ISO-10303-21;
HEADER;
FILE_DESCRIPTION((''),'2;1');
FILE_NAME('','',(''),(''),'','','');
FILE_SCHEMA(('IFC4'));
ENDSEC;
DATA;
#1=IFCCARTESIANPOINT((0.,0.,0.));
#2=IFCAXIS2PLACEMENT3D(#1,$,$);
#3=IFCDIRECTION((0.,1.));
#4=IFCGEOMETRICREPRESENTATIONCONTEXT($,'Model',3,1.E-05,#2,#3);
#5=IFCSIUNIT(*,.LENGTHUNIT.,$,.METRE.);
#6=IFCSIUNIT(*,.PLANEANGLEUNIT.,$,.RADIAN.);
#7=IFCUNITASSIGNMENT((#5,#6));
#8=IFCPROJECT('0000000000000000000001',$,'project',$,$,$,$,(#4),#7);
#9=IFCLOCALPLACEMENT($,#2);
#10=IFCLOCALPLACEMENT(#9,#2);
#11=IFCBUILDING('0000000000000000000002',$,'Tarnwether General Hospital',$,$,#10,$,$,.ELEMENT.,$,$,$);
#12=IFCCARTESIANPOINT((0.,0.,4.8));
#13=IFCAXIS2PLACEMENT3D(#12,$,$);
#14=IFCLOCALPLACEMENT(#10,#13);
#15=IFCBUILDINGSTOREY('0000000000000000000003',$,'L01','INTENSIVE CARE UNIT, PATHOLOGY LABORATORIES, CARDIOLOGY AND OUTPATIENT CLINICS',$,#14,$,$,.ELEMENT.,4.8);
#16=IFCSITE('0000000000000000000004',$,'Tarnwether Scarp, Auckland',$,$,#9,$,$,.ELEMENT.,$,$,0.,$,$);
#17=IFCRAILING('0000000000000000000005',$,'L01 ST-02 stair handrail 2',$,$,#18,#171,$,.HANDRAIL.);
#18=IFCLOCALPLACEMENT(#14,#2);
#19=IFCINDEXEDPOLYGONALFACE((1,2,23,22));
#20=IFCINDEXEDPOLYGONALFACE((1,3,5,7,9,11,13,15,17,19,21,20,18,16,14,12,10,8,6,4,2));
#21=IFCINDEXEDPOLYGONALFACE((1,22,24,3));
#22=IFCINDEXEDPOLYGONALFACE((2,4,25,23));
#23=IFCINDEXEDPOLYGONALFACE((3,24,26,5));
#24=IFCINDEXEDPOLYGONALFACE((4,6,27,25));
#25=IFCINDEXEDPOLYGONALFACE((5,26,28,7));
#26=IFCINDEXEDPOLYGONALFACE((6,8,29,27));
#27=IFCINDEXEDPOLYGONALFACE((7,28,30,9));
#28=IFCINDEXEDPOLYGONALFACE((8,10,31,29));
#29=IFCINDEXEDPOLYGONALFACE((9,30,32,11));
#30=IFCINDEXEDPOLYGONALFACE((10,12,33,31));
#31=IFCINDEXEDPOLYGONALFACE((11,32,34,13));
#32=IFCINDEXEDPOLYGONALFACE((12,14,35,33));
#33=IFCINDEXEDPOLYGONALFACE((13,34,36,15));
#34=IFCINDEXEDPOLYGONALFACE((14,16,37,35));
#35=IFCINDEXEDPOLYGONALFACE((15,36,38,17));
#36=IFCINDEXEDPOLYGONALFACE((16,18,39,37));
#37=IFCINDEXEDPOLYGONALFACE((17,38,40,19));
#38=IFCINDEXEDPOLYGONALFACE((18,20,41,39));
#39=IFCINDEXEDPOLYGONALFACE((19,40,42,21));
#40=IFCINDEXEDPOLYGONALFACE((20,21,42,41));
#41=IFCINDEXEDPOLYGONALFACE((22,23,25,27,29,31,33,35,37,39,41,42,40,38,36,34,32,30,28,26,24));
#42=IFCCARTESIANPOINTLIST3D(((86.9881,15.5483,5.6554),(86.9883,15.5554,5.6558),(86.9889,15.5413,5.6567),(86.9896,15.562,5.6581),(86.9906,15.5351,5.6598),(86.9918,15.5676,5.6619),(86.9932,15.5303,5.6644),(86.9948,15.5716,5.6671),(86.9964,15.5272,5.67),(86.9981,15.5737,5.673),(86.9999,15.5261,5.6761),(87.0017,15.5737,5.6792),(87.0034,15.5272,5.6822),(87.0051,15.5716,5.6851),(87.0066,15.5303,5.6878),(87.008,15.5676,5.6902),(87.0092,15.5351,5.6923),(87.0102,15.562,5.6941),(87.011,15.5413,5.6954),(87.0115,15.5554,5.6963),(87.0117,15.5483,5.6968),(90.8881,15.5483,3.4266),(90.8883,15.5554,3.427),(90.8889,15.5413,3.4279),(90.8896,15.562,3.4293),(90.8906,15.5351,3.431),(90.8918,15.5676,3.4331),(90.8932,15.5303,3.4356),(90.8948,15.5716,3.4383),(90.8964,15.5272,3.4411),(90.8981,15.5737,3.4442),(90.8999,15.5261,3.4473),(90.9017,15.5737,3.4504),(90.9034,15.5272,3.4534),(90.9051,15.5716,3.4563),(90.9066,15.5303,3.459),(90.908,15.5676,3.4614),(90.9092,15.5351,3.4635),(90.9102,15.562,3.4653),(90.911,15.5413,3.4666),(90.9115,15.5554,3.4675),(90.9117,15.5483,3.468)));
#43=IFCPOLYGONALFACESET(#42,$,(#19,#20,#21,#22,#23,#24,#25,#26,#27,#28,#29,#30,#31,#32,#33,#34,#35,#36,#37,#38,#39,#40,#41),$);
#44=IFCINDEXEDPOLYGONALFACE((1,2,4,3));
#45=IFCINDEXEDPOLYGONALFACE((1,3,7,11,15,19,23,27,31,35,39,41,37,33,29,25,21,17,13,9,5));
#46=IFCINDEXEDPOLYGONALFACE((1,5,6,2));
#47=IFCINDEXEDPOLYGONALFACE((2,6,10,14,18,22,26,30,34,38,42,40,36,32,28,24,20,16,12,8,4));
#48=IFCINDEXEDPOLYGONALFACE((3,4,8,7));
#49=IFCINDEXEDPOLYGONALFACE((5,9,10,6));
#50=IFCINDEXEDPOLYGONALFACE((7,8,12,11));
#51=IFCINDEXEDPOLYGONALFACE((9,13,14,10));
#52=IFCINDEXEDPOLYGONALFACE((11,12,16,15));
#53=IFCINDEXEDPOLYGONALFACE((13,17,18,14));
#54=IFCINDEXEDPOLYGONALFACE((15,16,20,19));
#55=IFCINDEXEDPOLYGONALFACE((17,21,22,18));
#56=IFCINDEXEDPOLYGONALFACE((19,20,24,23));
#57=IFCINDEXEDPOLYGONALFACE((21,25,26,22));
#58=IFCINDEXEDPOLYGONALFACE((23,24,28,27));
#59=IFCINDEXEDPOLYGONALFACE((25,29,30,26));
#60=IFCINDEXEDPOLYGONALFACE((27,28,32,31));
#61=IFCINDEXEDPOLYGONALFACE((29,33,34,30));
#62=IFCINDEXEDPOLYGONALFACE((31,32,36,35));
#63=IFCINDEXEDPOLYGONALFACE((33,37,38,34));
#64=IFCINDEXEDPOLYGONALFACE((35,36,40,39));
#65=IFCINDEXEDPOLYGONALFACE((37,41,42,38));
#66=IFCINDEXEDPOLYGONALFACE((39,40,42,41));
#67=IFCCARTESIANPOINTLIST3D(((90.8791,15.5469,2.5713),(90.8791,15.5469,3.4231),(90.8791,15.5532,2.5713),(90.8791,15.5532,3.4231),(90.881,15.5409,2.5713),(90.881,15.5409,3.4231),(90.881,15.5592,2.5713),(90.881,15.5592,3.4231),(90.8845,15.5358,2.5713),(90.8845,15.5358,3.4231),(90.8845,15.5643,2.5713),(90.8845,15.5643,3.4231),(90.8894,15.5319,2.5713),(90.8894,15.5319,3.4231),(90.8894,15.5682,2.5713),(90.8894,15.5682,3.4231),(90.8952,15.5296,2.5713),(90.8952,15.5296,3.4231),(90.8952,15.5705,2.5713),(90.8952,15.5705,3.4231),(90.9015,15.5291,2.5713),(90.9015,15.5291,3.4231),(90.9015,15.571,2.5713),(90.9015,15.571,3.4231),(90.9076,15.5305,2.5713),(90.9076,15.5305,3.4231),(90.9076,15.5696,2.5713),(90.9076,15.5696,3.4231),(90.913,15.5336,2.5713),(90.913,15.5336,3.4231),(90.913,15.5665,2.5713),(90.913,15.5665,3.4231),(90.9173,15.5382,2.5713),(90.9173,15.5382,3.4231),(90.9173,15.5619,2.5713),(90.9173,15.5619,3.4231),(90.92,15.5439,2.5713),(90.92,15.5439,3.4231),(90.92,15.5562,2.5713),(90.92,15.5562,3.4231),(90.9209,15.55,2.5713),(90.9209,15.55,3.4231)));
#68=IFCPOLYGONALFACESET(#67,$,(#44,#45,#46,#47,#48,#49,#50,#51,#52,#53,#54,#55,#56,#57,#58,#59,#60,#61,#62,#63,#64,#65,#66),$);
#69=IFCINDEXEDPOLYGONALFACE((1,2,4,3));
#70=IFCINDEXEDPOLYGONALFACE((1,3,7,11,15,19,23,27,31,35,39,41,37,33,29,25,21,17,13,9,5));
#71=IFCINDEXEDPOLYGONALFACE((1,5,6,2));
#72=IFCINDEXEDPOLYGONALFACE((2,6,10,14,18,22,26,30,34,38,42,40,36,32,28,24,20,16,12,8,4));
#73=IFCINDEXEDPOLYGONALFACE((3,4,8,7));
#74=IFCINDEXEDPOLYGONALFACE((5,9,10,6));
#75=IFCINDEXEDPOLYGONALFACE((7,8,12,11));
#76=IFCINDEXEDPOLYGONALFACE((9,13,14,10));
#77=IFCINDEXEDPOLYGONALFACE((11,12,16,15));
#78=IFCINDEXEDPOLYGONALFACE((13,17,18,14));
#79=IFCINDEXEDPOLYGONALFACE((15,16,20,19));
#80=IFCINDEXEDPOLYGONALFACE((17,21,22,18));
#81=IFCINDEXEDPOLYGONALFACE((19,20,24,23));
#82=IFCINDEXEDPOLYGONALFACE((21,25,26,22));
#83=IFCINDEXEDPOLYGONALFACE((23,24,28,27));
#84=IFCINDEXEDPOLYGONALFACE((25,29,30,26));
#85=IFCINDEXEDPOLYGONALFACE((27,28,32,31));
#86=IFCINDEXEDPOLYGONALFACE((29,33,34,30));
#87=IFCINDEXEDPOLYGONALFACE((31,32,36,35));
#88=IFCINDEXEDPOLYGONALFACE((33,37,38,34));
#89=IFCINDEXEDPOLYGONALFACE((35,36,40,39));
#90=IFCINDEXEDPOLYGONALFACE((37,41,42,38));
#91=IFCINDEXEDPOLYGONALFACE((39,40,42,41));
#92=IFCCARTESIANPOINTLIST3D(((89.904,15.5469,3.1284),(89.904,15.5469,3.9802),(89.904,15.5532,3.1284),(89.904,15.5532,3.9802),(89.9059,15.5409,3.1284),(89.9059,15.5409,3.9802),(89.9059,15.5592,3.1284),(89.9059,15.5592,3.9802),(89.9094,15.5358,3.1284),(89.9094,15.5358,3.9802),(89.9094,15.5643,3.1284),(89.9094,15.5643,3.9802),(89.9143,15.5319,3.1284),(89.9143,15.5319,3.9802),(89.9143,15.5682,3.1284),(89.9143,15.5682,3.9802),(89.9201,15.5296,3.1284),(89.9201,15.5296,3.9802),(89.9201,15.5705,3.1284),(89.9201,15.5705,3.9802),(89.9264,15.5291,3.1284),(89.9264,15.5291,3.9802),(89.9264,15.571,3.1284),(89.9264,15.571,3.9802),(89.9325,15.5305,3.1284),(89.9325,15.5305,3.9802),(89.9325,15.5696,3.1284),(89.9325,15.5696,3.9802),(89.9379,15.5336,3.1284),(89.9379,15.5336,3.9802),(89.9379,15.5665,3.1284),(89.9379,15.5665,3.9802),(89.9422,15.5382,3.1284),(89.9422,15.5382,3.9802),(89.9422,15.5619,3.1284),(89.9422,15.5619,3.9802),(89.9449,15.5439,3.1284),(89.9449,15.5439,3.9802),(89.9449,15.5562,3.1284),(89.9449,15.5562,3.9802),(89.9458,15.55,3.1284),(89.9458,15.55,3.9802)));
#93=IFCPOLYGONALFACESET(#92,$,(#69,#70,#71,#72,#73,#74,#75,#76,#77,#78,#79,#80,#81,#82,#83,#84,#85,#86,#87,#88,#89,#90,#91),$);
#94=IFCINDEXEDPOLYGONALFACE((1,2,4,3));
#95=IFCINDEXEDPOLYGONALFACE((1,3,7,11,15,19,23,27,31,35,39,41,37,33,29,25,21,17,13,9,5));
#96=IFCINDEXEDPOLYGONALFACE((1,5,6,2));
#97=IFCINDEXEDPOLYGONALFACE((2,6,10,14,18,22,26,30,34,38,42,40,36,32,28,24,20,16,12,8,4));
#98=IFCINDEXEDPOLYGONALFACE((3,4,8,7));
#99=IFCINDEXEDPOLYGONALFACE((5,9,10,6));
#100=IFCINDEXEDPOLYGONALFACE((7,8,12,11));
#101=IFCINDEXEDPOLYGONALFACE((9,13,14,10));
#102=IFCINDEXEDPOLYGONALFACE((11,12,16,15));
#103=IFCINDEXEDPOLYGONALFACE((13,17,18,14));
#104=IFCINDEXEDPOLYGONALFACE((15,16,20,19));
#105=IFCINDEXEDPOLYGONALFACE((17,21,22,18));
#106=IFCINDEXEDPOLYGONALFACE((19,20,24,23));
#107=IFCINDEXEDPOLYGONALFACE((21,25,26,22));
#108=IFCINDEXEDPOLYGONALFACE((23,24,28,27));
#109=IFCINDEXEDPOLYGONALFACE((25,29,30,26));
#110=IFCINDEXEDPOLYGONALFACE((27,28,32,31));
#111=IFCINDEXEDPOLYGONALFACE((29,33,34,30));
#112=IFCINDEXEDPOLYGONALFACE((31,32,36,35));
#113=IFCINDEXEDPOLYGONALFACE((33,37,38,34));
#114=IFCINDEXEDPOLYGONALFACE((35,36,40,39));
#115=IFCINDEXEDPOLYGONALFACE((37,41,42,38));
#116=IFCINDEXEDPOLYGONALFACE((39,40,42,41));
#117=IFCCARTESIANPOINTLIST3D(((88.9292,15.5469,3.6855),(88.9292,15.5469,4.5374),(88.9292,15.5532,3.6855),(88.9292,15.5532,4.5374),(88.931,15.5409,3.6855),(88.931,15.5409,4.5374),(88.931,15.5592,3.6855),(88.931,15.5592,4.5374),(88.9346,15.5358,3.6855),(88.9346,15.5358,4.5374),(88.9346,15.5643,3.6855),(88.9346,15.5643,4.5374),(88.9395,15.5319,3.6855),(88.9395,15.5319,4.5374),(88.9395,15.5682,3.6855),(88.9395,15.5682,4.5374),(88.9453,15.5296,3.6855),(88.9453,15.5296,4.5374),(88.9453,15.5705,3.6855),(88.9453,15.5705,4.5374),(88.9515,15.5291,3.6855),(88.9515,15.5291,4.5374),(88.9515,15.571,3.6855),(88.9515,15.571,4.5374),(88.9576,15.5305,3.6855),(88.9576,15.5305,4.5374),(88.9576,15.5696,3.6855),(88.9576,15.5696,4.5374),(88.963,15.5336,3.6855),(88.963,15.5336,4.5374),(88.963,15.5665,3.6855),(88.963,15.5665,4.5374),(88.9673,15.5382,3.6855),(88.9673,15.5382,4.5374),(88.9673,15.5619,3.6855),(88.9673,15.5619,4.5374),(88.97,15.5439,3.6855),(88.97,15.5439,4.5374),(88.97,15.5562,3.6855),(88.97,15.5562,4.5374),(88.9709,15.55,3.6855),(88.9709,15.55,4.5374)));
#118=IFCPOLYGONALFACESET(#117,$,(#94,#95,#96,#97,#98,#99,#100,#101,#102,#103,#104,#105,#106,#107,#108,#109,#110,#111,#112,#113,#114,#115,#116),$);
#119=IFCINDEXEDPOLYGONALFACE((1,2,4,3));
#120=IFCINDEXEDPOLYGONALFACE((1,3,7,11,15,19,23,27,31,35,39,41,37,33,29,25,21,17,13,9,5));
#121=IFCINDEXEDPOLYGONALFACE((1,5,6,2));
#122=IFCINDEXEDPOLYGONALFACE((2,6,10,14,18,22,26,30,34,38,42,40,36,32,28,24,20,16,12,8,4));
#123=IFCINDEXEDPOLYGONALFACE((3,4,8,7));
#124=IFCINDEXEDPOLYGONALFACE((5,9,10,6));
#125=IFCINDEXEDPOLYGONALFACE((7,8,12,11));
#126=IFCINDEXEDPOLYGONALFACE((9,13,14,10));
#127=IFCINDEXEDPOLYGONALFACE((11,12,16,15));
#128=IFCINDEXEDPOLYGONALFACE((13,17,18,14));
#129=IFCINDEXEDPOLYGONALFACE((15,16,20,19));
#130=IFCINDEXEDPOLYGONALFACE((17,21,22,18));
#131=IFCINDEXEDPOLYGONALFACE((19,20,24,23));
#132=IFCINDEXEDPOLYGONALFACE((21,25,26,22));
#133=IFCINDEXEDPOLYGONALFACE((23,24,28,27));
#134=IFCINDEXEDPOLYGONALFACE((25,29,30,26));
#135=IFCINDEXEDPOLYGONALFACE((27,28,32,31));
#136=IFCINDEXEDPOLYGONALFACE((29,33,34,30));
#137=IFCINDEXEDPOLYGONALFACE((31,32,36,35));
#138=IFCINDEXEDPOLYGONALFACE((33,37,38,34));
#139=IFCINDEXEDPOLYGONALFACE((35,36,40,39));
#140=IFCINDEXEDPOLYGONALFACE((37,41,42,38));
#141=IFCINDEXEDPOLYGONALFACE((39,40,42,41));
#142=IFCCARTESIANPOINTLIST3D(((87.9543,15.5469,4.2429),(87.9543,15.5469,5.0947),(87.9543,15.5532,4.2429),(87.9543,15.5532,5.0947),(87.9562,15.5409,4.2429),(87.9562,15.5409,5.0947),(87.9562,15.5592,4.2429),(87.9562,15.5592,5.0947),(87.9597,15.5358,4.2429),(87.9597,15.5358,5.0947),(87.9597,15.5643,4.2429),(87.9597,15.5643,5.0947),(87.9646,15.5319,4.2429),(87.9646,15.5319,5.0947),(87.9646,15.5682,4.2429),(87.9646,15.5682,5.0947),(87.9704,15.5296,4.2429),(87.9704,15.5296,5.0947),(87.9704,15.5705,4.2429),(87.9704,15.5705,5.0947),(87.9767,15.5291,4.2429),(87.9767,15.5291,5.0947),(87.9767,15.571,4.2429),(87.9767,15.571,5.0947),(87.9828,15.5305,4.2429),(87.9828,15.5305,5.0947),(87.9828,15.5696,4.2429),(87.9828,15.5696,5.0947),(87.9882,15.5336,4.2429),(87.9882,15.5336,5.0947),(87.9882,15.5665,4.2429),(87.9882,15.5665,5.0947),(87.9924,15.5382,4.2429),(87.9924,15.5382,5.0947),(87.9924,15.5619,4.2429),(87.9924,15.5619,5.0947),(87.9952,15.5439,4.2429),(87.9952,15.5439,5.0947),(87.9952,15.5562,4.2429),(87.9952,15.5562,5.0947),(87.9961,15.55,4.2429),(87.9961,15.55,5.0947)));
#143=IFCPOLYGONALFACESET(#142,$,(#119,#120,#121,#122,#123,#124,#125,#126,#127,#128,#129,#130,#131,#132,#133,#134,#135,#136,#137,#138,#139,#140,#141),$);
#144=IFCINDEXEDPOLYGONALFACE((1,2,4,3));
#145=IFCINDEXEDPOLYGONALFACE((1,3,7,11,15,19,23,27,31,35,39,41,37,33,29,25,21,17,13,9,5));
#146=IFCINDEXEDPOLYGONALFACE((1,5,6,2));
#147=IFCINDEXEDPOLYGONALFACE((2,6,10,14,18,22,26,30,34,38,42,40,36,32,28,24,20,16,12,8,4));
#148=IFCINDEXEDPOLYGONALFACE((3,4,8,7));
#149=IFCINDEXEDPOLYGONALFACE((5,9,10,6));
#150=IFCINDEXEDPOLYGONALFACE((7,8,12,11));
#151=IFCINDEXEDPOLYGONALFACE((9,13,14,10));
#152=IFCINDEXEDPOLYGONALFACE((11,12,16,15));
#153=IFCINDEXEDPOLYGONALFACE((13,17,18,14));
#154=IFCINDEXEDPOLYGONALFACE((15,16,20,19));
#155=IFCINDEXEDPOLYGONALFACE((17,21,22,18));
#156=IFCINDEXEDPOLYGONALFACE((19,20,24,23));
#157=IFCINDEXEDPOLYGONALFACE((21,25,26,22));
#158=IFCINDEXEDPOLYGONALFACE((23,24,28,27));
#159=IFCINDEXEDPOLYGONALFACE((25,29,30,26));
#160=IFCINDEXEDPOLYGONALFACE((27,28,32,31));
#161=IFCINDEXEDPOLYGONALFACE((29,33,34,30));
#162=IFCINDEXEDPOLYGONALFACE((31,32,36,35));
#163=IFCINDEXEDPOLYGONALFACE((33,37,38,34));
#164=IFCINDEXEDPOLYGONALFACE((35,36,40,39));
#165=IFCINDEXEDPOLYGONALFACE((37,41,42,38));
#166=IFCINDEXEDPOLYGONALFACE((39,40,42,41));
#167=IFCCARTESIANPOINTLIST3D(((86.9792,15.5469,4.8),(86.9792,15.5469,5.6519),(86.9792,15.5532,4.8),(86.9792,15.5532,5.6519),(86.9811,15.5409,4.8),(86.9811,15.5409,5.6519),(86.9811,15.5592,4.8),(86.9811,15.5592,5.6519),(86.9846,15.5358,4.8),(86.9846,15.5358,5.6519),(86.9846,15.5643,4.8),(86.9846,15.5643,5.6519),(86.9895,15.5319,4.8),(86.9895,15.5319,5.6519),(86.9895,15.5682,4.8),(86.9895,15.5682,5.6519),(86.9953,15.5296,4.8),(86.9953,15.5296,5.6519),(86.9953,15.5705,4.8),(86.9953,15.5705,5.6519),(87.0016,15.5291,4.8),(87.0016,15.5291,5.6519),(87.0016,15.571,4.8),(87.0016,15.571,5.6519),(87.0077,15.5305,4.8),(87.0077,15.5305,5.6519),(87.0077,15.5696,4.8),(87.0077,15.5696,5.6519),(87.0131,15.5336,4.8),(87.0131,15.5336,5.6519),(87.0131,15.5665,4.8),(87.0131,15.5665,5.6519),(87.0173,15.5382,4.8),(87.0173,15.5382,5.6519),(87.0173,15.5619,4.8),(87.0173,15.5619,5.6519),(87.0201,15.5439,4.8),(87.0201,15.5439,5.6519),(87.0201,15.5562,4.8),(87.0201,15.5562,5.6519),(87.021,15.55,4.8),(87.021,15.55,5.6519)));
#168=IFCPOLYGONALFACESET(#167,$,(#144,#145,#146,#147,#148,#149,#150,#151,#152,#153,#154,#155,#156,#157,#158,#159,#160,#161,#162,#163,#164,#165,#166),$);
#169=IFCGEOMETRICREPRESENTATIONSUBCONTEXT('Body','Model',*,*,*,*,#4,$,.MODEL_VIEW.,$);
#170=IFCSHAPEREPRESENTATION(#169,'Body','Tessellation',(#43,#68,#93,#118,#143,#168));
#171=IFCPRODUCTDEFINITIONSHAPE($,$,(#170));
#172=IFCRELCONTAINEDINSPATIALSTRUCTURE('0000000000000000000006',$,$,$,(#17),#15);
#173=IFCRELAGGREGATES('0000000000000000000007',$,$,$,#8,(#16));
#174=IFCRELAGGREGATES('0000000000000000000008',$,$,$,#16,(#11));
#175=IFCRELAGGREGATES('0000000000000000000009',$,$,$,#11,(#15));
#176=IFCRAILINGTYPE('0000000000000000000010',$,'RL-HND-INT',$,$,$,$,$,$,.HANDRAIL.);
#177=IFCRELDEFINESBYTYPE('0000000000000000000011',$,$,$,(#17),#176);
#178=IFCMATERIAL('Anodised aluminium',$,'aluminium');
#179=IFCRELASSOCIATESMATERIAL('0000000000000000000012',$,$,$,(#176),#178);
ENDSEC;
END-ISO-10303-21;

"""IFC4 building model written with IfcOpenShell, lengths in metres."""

from ifc_helpers import new_model, si_unit, direction, frame, origin, origin_2d, place, context, subcontext, project, spatial, circle, extrude, material, type_object, element, save


model = new_model("IFC4")

# Units and contexts
model_context = context("Model", 3, precision=1e-05, world=origin(), true_north=direction((0.0, 1.0)))
body_context = subcontext(model_context, "Body", "Model", "MODEL_VIEW")
ifc_project = project(units=[si_unit("LENGTHUNIT", "METRE"), si_unit("PLANEANGLEUNIT", "RADIAN")], contexts=[model_context])

# Site, building, storey
site_placement = place(None, origin())
site = spatial("IfcSite", under=ifc_project, at=site_placement, Name="Tarnwether Scarp, Auckland", CompositionType="ELEMENT", RefElevation=0.0)
building_placement = place(site_placement, origin())
building = spatial("IfcBuilding", under=site, at=building_placement, Name="Tarnwether General Hospital", CompositionType="ELEMENT")
storey_placement = place(building_placement, frame((0.0, 0.0, 4.8)))
storey = spatial("IfcBuildingStorey", under=building, at=storey_placement, Name="L01", Description="INTENSIVE CARE UNIT, PATHOLOGY LABORATORIES, CARDIOLOGY AND OUTPATIENT CLINICS", CompositionType="ELEMENT", Elevation=4.8)

# Railing
ifc_material_1 = material(Name="Anodised aluminium", Category="aluminium")
railing_type = type_object("IfcRailingType", Name="RL-HND-INT", PredefinedType="HANDRAIL", material=ifc_material_1)
railing_placement = place(storey_placement, frame((90.8999, 15.55, 2.5713)))
element("IfcRailing", 1, at=railing_placement, inside=storey, type_object=railing_type, Name="L01 ST-02 stair handrail 2", PredefinedType="HANDRAIL", context=body_context, shape_type="SweptSolid", body=[
    extrude(circle(Radius=0.0239, at=origin_2d()), frame((0.0, 0.0, 0.876), z_axis=(-0.86822, 0.0, 0.49618), x_axis=(0.0, -1.0, 0.0)), (0.0, 0.0, 1.0), 4.4919),
    extrude(circle(Radius=0.021, at=origin_2d()), origin(), (0.0, 0.0, 1.0), 0.8518),
    extrude(circle(Radius=0.021, at=origin_2d()), frame((-0.9751, 0.0, 0.5571)), (0.0, 0.0, 1.0), 0.8518),
    extrude(circle(Radius=0.021, at=origin_2d()), frame((-1.95, 0.0, 1.1143)), (0.0, 0.0, 1.0), 0.8518),
    extrude(circle(Radius=0.021, at=origin_2d()), frame((-2.9248, 0.0, 1.6716)), (0.0, 0.0, 1.0), 0.8518),
    extrude(circle(Radius=0.021, at=origin_2d()), frame((-3.8999, 0.0, 2.2288)), (0.0, 0.0, 1.0), 0.8518),
])

save(model, "model.ifc")
